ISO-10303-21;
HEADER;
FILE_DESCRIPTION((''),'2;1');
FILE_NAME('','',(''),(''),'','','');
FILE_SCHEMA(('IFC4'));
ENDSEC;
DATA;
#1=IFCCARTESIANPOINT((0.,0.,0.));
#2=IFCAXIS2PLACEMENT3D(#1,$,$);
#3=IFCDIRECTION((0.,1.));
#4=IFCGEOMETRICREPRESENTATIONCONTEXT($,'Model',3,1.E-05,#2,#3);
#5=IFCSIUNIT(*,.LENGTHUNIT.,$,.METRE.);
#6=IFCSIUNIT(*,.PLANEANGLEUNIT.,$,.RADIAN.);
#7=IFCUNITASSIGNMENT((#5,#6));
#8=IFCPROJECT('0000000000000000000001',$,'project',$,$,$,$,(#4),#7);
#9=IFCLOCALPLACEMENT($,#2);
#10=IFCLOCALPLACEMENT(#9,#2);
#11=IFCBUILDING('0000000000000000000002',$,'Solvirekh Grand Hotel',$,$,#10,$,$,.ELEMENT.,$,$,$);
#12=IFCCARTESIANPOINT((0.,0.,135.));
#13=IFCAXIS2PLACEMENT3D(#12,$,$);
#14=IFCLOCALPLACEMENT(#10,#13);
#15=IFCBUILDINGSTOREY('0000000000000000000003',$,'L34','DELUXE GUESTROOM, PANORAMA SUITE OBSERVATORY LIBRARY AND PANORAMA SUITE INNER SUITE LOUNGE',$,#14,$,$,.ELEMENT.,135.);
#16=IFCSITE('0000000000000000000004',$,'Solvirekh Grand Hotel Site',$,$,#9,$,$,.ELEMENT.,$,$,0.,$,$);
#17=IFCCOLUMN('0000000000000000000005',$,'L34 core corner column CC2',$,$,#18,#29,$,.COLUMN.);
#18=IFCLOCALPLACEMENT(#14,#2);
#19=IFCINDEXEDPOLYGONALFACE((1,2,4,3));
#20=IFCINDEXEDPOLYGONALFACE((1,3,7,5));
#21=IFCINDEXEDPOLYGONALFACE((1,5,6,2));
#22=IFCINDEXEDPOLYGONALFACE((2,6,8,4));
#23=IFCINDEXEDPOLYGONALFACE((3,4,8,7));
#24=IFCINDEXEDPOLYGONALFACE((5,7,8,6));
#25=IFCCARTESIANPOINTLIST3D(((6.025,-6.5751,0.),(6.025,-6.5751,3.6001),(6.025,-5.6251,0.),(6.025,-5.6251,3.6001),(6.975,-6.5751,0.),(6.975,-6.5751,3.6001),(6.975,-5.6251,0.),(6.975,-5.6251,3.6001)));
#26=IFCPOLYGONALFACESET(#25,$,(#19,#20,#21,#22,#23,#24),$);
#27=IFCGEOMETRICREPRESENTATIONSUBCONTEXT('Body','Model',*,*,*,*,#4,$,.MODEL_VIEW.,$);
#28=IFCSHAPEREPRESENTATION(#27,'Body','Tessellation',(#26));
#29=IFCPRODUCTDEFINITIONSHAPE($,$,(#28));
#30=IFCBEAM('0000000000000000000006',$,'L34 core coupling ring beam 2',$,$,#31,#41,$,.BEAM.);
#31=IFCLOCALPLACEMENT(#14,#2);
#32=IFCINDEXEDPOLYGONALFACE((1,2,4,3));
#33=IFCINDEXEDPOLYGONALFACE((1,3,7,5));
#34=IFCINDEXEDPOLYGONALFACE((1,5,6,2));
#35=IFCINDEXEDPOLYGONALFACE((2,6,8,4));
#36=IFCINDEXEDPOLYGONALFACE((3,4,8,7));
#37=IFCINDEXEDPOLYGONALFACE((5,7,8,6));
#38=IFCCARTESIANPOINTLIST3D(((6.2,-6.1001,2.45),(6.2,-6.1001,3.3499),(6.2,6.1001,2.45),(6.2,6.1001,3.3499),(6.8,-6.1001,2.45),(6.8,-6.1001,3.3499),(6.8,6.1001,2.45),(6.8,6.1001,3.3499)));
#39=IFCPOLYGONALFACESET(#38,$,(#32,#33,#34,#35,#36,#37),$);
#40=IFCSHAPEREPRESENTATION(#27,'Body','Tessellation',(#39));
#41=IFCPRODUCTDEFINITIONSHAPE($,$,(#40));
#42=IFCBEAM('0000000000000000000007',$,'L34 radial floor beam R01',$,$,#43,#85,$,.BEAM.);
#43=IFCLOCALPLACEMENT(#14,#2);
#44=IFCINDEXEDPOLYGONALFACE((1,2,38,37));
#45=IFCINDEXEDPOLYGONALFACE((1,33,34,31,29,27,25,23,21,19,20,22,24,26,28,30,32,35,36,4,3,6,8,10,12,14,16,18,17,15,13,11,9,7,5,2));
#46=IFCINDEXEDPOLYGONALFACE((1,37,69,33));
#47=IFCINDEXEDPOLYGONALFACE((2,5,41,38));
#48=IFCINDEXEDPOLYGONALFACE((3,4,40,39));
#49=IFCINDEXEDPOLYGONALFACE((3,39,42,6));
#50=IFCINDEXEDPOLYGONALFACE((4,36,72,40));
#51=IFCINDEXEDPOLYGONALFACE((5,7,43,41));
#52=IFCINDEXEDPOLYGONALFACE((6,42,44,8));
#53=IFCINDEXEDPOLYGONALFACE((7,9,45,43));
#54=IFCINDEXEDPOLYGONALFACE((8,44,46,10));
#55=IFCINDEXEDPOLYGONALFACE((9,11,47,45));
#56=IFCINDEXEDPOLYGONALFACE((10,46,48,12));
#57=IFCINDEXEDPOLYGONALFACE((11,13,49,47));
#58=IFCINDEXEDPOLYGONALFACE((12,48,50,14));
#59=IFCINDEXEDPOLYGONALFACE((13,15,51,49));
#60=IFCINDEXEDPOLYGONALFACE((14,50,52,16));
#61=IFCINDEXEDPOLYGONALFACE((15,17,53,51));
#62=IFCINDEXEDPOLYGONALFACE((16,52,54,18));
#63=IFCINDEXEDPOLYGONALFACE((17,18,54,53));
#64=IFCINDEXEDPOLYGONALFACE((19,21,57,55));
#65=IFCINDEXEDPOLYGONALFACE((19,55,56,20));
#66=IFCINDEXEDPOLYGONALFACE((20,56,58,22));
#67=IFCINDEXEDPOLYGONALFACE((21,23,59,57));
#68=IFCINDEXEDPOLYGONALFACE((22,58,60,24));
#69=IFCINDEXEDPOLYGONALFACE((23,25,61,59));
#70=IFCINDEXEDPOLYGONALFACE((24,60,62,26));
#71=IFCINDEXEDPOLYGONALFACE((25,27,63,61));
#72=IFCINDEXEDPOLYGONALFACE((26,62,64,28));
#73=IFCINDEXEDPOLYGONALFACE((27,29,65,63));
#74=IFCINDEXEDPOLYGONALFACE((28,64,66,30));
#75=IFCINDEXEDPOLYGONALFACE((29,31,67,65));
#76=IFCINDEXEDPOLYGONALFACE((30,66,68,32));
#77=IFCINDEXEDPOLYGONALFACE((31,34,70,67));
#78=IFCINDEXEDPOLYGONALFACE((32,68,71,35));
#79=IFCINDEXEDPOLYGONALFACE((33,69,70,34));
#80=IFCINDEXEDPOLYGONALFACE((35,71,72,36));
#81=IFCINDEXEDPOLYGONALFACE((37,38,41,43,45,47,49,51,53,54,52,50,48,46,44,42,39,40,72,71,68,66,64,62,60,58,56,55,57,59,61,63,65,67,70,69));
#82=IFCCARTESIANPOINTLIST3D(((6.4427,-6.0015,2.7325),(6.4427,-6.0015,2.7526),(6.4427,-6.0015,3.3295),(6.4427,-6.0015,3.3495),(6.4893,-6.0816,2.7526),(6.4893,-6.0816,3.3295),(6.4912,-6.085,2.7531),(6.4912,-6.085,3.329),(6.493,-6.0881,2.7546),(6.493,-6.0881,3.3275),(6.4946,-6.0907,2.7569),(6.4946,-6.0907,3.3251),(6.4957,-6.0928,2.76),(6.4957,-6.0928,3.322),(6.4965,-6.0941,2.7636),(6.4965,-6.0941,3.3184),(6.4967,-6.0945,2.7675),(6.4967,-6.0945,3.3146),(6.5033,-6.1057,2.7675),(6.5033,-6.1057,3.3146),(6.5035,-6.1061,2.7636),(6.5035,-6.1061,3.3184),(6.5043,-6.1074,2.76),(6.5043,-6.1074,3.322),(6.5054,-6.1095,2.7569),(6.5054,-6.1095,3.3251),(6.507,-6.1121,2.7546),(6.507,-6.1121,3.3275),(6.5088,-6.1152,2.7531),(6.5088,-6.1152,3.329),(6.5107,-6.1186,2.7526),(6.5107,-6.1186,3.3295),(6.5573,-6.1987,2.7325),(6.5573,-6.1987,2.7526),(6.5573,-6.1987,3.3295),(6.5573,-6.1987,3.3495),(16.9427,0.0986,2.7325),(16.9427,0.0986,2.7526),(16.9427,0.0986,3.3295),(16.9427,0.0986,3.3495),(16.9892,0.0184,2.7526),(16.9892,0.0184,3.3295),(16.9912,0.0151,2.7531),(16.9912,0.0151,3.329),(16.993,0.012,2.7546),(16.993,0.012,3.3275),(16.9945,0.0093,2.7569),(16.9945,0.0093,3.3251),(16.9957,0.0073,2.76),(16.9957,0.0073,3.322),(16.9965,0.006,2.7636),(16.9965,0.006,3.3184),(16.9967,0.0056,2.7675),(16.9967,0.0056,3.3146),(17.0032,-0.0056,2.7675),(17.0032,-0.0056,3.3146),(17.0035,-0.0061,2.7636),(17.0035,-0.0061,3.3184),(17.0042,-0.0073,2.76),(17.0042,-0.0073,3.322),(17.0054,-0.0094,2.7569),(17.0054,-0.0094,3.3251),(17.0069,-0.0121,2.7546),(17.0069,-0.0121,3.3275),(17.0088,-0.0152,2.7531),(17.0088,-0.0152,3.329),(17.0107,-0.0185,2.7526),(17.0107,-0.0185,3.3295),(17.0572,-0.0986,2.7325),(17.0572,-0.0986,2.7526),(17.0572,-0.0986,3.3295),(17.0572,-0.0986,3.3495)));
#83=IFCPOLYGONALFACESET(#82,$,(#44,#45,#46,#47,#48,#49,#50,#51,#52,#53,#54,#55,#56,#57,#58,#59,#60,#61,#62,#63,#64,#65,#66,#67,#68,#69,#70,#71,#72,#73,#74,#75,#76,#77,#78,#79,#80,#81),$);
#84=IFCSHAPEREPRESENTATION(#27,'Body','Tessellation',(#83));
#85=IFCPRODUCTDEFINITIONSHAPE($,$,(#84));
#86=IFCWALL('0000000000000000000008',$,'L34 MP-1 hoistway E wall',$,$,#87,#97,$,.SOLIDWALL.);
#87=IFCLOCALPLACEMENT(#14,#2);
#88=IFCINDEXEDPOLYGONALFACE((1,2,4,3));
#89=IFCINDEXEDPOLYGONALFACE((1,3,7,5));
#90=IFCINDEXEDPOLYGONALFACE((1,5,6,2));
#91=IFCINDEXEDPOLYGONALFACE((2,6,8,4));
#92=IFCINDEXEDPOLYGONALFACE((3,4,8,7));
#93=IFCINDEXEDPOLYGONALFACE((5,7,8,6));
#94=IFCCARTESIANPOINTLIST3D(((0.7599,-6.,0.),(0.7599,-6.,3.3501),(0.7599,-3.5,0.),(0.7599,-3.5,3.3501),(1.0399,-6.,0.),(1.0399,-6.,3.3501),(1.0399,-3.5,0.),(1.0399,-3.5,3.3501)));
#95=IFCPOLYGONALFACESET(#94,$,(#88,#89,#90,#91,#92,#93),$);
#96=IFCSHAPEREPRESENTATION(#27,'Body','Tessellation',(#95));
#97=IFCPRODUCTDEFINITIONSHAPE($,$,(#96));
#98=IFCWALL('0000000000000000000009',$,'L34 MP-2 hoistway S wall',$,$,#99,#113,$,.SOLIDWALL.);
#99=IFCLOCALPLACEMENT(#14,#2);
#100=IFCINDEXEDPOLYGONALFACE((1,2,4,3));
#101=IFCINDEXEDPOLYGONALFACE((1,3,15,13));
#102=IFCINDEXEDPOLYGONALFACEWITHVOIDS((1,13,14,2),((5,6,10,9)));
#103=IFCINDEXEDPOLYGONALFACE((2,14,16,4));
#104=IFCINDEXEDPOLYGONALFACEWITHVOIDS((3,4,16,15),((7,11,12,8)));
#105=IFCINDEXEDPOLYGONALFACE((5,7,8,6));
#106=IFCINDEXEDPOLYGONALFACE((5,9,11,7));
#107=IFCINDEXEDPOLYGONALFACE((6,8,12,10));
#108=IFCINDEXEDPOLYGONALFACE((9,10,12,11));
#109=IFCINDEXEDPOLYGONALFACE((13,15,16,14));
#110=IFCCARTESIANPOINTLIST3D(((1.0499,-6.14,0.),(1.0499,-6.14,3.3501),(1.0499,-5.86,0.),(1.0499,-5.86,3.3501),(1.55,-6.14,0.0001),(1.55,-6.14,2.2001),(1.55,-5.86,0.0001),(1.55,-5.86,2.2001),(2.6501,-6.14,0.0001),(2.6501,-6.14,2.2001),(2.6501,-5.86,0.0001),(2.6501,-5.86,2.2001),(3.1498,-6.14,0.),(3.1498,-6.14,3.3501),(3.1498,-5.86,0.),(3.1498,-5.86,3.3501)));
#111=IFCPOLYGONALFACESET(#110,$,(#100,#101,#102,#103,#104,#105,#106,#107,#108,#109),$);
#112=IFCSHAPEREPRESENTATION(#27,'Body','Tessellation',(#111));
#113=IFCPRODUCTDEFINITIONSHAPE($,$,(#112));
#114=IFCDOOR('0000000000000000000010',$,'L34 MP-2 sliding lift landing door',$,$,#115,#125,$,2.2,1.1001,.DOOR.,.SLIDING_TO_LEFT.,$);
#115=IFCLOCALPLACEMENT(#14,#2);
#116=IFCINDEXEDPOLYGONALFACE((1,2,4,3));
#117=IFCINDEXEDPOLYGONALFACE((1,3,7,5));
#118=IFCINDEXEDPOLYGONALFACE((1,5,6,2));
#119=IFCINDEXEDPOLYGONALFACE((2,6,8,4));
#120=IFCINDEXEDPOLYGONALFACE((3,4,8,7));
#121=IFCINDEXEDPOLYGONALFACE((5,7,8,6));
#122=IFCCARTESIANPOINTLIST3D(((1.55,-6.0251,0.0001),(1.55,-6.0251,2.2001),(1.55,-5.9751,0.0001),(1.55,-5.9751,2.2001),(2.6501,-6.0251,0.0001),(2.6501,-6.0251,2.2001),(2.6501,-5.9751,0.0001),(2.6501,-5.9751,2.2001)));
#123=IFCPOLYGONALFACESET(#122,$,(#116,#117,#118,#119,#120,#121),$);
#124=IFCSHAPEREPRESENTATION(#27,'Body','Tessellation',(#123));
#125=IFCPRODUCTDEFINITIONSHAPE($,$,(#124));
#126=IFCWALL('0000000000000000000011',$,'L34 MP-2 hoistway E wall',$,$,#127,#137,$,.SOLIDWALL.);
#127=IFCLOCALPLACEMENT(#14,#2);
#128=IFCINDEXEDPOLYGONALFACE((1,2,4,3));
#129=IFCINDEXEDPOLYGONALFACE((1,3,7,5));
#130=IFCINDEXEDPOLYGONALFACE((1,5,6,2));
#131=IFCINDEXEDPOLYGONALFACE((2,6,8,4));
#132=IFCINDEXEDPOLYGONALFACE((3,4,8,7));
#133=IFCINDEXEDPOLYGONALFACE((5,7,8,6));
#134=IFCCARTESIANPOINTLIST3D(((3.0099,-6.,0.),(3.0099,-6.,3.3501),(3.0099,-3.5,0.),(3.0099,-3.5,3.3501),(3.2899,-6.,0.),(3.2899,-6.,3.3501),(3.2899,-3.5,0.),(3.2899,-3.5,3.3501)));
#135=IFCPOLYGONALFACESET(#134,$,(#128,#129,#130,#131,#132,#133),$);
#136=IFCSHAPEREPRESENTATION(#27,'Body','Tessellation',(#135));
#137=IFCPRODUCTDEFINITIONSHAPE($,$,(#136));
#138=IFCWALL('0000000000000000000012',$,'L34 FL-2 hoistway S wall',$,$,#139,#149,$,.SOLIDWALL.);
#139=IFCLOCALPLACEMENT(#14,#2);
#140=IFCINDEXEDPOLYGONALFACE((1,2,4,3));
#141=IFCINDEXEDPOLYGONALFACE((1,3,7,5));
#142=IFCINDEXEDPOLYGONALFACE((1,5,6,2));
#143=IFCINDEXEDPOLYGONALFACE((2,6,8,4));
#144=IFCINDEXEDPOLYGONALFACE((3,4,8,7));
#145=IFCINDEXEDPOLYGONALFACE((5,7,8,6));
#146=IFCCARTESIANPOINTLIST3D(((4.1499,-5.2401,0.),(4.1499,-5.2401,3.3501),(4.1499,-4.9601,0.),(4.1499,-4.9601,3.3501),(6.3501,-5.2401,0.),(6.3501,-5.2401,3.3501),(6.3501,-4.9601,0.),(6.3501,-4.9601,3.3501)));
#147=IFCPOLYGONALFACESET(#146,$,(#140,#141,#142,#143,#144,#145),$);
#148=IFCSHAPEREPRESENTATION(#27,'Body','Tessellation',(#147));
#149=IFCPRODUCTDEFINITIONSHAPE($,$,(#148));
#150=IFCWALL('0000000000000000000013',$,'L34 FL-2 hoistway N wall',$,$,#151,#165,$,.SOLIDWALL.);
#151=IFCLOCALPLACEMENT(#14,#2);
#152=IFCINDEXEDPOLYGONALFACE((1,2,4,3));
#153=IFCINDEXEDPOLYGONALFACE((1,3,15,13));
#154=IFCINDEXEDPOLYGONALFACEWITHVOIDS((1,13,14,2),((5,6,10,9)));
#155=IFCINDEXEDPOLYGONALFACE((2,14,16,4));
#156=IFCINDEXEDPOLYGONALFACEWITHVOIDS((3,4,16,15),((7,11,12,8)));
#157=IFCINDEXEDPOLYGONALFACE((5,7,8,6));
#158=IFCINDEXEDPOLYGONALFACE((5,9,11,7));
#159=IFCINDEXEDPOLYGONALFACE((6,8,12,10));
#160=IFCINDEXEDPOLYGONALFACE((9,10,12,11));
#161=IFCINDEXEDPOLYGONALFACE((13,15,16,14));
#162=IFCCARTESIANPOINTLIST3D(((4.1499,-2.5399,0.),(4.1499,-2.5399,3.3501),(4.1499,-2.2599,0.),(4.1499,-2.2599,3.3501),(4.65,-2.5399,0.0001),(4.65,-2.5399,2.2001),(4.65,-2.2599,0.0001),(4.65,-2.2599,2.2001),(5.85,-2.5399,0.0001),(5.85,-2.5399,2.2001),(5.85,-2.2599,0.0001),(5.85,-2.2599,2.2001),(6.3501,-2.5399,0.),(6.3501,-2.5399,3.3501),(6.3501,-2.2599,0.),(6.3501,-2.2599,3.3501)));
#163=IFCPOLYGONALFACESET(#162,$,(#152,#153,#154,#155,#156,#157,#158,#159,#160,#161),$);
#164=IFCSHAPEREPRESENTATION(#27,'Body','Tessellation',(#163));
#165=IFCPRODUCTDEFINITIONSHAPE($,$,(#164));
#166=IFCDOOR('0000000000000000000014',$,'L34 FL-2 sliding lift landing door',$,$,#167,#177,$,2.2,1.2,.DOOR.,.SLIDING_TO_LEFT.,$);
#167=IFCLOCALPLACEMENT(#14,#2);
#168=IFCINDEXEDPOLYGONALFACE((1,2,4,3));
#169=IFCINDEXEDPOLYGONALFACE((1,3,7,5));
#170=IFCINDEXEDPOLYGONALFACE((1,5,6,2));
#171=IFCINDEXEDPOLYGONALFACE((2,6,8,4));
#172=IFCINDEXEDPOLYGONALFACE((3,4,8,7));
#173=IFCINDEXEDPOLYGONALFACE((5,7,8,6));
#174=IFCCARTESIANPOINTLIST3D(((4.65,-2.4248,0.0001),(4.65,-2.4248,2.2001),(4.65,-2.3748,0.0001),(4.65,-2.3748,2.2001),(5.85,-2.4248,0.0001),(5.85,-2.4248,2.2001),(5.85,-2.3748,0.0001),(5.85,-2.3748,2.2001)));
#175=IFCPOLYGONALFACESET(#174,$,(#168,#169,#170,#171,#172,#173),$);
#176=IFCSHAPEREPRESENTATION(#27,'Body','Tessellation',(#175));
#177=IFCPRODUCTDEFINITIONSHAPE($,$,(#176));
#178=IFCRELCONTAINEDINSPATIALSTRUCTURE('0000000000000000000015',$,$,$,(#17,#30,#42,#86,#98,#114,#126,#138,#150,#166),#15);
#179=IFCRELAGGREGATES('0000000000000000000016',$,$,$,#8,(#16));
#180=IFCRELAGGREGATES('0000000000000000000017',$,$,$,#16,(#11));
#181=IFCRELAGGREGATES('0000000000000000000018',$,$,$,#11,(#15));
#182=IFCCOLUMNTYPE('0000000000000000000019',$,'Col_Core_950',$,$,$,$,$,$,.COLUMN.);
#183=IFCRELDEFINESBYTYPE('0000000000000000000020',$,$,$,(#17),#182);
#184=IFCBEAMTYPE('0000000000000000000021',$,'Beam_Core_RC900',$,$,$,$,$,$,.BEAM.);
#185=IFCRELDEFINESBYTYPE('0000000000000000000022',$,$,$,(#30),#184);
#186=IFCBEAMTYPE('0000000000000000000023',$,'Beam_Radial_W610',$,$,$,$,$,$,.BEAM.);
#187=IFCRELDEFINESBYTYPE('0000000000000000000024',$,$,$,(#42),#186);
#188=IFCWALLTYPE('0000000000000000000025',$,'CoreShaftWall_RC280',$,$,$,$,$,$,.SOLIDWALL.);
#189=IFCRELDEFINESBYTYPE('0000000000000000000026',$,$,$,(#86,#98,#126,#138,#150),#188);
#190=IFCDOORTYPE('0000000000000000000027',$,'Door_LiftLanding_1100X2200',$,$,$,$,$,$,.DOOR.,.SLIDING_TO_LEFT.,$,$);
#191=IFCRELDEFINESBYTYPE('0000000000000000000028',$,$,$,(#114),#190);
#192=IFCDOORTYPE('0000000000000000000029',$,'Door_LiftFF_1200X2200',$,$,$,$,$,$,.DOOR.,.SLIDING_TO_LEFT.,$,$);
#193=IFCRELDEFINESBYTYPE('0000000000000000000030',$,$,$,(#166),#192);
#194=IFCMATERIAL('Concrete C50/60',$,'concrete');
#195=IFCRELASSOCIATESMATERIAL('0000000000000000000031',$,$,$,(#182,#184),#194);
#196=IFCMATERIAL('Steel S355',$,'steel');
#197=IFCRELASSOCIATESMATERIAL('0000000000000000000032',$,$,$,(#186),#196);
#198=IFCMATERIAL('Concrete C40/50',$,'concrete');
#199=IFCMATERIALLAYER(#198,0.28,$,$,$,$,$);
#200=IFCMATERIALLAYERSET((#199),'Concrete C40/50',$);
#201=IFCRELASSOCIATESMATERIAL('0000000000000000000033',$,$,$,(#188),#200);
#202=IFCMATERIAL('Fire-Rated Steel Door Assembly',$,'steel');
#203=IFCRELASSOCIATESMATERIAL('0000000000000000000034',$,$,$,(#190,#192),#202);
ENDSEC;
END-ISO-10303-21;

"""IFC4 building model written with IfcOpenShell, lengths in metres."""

from ifc_helpers import new_model, si_unit, direction, frame, frame_2d, origin, origin_2d, place, context, subcontext, project, spatial, rectangle, i_section, extrude, material, layer, layer_set, material_profile, profile_set, type_object, element, fill, save


model = new_model("IFC4")

# Units and contexts
model_context = context("Model", 3, precision=1e-05, world=origin(), true_north=direction((0.0, 1.0)))
body_context = subcontext(model_context, "Body", "Model", "MODEL_VIEW")
ifc_project = project(units=[si_unit("LENGTHUNIT", "METRE"), si_unit("PLANEANGLEUNIT", "RADIAN")], contexts=[model_context])

# Site, building, storey
site_placement = place(None, origin())
site = spatial("IfcSite", under=ifc_project, at=site_placement, Name="Solvirekh Grand Hotel Site", CompositionType="ELEMENT", RefElevation=0.0)
building_placement = place(site_placement, origin())
building = spatial("IfcBuilding", under=site, at=building_placement, Name="Solvirekh Grand Hotel", CompositionType="ELEMENT")
storey_placement = place(building_placement, frame((0.0, 0.0, 135.0)))
storey = spatial("IfcBuildingStorey", under=building, at=storey_placement, Name="L34", Description="DELUXE GUESTROOM, PANORAMA SUITE OBSERVATORY LIBRARY AND PANORAMA SUITE INNER SUITE LOUNGE", CompositionType="ELEMENT", Elevation=135.0)

# Column
ifc_material_1 = material(Name="Concrete C50/60", Category="concrete")
ifc_material_profile_1 = material_profile(ifc_material_1, rectangle(XDim=0.95, YDim=0.95, at=origin_2d()), Name="RC 950X950")
ifc_profile_set_1 = profile_set([ifc_material_profile_1], Name="Concrete C50/60")
column_type = type_object("IfcColumnType", Name="Col_Core_950", PredefinedType="COLUMN", material=ifc_profile_set_1)
column_placement = place(storey_placement, frame((6.5, -6.1001, 0.0), z_axis=(0.0, 0.0, 1.0), x_axis=(1.0, 0.0, 0.0)))
element("IfcColumn", 1, at=column_placement, inside=storey, type_object=column_type, Name="L34 core corner column CC2", PredefinedType="COLUMN", context=body_context, shape_type="SweptSolid", body=[
    extrude(rectangle(XDim=0.95, YDim=0.95, at=origin_2d()), origin(), (0.0, 0.0, 1.0), 3.6001),
])

# Beams
ifc_material_profile_2 = material_profile(ifc_material_1, rectangle(XDim=0.6001, YDim=0.8999, at=origin_2d()), Name="RC BEAM 600X900")
ifc_profile_set_2 = profile_set([ifc_material_profile_2], Name="Concrete C50/60")
beam_type_1 = type_object("IfcBeamType", Name="Beam_Core_RC900", PredefinedType="BEAM", material=ifc_profile_set_2)
beam_1_placement = place(storey_placement, frame((6.5, -6.1001, 2.8999), z_axis=(0.0, 1.0, 0.0), x_axis=(-1.0, 0.0, 0.0)))
element("IfcBeam", 2, at=beam_1_placement, inside=storey, type_object=beam_type_1, Name="L34 core coupling ring beam 2", PredefinedType="BEAM", context=body_context, shape_type="SweptSolid", body=[
    extrude(rectangle(XDim=0.6001, YDim=0.8999, at=origin_2d()), origin(), (0.0, 0.0, 1.0), 12.2002),
])
ifc_material_2 = material(Name="Steel S355", Category="steel")
ifc_material_profile_3 = material_profile(ifc_material_2, i_section(OverallWidth=0.228, OverallDepth=0.6169, WebThickness=0.0129, FlangeThickness=0.02, FilletRadius=0.0149, at=origin_2d()), Name="W610X140")
ifc_profile_set_3 = profile_set([ifc_material_profile_3], Name="Steel S355")
beam_type_2 = type_object("IfcBeamType", Name="Beam_Radial_W610", PredefinedType="BEAM", material=ifc_profile_set_3)
beam_2_placement = place(storey_placement, frame((6.5, -6.1001, 3.041), z_axis=(0.86467, 0.50234, 0.0), x_axis=(-0.50234, 0.86467, 0.0)))
element("IfcBeam", 3, at=beam_2_placement, inside=storey, type_object=beam_type_2, Name="L34 radial floor beam R01", PredefinedType="BEAM", context=body_context, shape_type="SweptSolid", body=[
    extrude(i_section(OverallWidth=0.228, OverallDepth=0.6169, WebThickness=0.0129, FlangeThickness=0.02, FilletRadius=0.0149, at=origin_2d()), origin(), (0.0, 0.0, 1.0), 12.1433),
])

# Wall
ifc_material_3 = material(Name="Concrete C40/50", Category="concrete")
ifc_layer_1 = layer(ifc_material_3, 0.28)
ifc_layer_set_1 = layer_set([ifc_layer_1], Name="Concrete C40/50")
wall_type_1 = type_object("IfcWallType", Name="CoreShaftWall_RC280", PredefinedType="SOLIDWALL", material=ifc_layer_set_1)
wall_1_placement = place(storey_placement, frame((0.8999, -6.0, 0.0), z_axis=(0.0, 0.0, 1.0), x_axis=(0.0, 1.0, 0.0)))
element("IfcWall", 4, at=wall_1_placement, inside=storey, type_object=wall_type_1, Name="L34 MP-1 hoistway E wall", PredefinedType="SOLIDWALL", context=body_context, shape_type="SweptSolid", body=[
    extrude(rectangle(XDim=2.5, YDim=0.28, at=frame_2d((1.25, 0.0))), origin(), (0.0, 0.0, 1.0), 3.3501),
])

# Wall, opening, door
wall_2_placement = place(storey_placement, frame((1.05, -6.0, 0.0), z_axis=(0.0, 0.0, 1.0), x_axis=(1.0, 0.0, 0.0)))
wall_2 = element("IfcWall", 5, at=wall_2_placement, inside=storey, type_object=wall_type_1, Name="L34 MP-2 hoistway S wall", PredefinedType="SOLIDWALL", context=body_context, shape_type="SweptSolid", body=[
    extrude(rectangle(XDim=2.0999, YDim=0.28, at=frame_2d((1.0498, 0.0))), origin(), (0.0, 0.0, 1.0), 3.3501),
])
opening_1_placement = place(wall_2_placement, frame((0.5, 0.0, 0.0)))
opening_1 = element("IfcOpeningElement", 6, at=opening_1_placement, cuts=wall_2, PredefinedType="OPENING", context=body_context, shape_type="SweptSolid", body=[
    extrude(rectangle(XDim=1.1001, YDim=2.2, at=frame_2d((0.55, 1.1001))), frame((0.0, 0.1499, 0.0), z_axis=(0.0, -1.0, 0.0), x_axis=(1.0, 0.0, 0.0)), (0.0, 0.0, 1.0), 0.3),
])
ifc_material_4 = material(Name="Fire-Rated Steel Door Assembly", Category="steel")
door_type_1 = type_object("IfcDoorType", Name="Door_LiftLanding_1100X2200", OperationType="SLIDING_TO_LEFT", PredefinedType="DOOR", material=ifc_material_4)
door_1_placement = place(opening_1_placement, origin())
door_1 = element("IfcDoor", 7, at=door_1_placement, inside=storey, type_object=door_type_1, Name="L34 MP-2 sliding lift landing door", OperationType="SLIDING_TO_LEFT", OverallHeight=2.2, OverallWidth=1.1001, PredefinedType="DOOR", context=body_context, shape_type="SweptSolid", body=[
    extrude(rectangle(XDim=1.1001, YDim=2.2, at=frame_2d((0.55, 1.1001))), frame((0.0, 0.0249, 0.0), z_axis=(0.0, -1.0, 0.0), x_axis=(1.0, 0.0, 0.0)), (0.0, 0.0, 1.0), 0.05),
])
fill(opening_1, door_1)

# Walls
wall_3_placement = place(storey_placement, frame((3.1499, -6.0, 0.0), z_axis=(0.0, 0.0, 1.0), x_axis=(0.0, 1.0, 0.0)))
element("IfcWall", 8, at=wall_3_placement, inside=storey, type_object=wall_type_1, Name="L34 MP-2 hoistway E wall", PredefinedType="SOLIDWALL", context=body_context, shape_type="SweptSolid", body=[
    extrude(rectangle(XDim=2.5, YDim=0.28, at=frame_2d((1.25, 0.0))), origin(), (0.0, 0.0, 1.0), 3.3501),
])
wall_4_placement = place(storey_placement, frame((4.1499, -5.1001, 0.0), z_axis=(0.0, 0.0, 1.0), x_axis=(1.0, 0.0, 0.0)))
element("IfcWall", 9, at=wall_4_placement, inside=storey, type_object=wall_type_1, Name="L34 FL-2 hoistway S wall", PredefinedType="SOLIDWALL", context=body_context, shape_type="SweptSolid", body=[
    extrude(rectangle(XDim=2.2002, YDim=0.28, at=frame_2d((1.1001, 0.0))), origin(), (0.0, 0.0, 1.0), 3.3501),
])

# Wall, opening, door
wall_5_placement = place(storey_placement, frame((6.3501, -2.3999, 0.0), z_axis=(0.0, 0.0, 1.0), x_axis=(-1.0, 0.0, 0.0)))
wall_5 = element("IfcWall", 10, at=wall_5_placement, inside=storey, type_object=wall_type_1, Name="L34 FL-2 hoistway N wall", PredefinedType="SOLIDWALL", context=body_context, shape_type="SweptSolid", body=[
    extrude(rectangle(XDim=2.2002, YDim=0.28, at=frame_2d((1.1001, 0.0))), origin(), (0.0, 0.0, 1.0), 3.3501),
])
opening_2_placement = place(wall_5_placement, frame((0.5, 0.0, 0.0)))
opening_2 = element("IfcOpeningElement", 11, at=opening_2_placement, cuts=wall_5, PredefinedType="OPENING", context=body_context, shape_type="SweptSolid", body=[
    extrude(rectangle(XDim=1.2, YDim=2.2, at=frame_2d((0.6001, 1.1001))), frame((0.0, 0.1499, 0.0), z_axis=(0.0, -1.0, 0.0), x_axis=(1.0, 0.0, 0.0)), (0.0, 0.0, 1.0), 0.3),
])
door_type_2 = type_object("IfcDoorType", Name="Door_LiftFF_1200X2200", OperationType="SLIDING_TO_LEFT", PredefinedType="DOOR", material=ifc_material_4)
door_2_placement = place(opening_2_placement, origin())
door_2 = element("IfcDoor", 12, at=door_2_placement, inside=storey, type_object=door_type_2, Name="L34 FL-2 sliding lift landing door", OperationType="SLIDING_TO_LEFT", OverallHeight=2.2, OverallWidth=1.2, PredefinedType="DOOR", context=body_context, shape_type="SweptSolid", body=[
    extrude(rectangle(XDim=1.2, YDim=2.2, at=frame_2d((0.6001, 1.1001))), frame((0.0, 0.0249, 0.0), z_axis=(0.0, -1.0, 0.0), x_axis=(1.0, 0.0, 0.0)), (0.0, 0.0, 1.0), 0.05),
])
fill(opening_2, door_2)

save(model, "model.ifc")
